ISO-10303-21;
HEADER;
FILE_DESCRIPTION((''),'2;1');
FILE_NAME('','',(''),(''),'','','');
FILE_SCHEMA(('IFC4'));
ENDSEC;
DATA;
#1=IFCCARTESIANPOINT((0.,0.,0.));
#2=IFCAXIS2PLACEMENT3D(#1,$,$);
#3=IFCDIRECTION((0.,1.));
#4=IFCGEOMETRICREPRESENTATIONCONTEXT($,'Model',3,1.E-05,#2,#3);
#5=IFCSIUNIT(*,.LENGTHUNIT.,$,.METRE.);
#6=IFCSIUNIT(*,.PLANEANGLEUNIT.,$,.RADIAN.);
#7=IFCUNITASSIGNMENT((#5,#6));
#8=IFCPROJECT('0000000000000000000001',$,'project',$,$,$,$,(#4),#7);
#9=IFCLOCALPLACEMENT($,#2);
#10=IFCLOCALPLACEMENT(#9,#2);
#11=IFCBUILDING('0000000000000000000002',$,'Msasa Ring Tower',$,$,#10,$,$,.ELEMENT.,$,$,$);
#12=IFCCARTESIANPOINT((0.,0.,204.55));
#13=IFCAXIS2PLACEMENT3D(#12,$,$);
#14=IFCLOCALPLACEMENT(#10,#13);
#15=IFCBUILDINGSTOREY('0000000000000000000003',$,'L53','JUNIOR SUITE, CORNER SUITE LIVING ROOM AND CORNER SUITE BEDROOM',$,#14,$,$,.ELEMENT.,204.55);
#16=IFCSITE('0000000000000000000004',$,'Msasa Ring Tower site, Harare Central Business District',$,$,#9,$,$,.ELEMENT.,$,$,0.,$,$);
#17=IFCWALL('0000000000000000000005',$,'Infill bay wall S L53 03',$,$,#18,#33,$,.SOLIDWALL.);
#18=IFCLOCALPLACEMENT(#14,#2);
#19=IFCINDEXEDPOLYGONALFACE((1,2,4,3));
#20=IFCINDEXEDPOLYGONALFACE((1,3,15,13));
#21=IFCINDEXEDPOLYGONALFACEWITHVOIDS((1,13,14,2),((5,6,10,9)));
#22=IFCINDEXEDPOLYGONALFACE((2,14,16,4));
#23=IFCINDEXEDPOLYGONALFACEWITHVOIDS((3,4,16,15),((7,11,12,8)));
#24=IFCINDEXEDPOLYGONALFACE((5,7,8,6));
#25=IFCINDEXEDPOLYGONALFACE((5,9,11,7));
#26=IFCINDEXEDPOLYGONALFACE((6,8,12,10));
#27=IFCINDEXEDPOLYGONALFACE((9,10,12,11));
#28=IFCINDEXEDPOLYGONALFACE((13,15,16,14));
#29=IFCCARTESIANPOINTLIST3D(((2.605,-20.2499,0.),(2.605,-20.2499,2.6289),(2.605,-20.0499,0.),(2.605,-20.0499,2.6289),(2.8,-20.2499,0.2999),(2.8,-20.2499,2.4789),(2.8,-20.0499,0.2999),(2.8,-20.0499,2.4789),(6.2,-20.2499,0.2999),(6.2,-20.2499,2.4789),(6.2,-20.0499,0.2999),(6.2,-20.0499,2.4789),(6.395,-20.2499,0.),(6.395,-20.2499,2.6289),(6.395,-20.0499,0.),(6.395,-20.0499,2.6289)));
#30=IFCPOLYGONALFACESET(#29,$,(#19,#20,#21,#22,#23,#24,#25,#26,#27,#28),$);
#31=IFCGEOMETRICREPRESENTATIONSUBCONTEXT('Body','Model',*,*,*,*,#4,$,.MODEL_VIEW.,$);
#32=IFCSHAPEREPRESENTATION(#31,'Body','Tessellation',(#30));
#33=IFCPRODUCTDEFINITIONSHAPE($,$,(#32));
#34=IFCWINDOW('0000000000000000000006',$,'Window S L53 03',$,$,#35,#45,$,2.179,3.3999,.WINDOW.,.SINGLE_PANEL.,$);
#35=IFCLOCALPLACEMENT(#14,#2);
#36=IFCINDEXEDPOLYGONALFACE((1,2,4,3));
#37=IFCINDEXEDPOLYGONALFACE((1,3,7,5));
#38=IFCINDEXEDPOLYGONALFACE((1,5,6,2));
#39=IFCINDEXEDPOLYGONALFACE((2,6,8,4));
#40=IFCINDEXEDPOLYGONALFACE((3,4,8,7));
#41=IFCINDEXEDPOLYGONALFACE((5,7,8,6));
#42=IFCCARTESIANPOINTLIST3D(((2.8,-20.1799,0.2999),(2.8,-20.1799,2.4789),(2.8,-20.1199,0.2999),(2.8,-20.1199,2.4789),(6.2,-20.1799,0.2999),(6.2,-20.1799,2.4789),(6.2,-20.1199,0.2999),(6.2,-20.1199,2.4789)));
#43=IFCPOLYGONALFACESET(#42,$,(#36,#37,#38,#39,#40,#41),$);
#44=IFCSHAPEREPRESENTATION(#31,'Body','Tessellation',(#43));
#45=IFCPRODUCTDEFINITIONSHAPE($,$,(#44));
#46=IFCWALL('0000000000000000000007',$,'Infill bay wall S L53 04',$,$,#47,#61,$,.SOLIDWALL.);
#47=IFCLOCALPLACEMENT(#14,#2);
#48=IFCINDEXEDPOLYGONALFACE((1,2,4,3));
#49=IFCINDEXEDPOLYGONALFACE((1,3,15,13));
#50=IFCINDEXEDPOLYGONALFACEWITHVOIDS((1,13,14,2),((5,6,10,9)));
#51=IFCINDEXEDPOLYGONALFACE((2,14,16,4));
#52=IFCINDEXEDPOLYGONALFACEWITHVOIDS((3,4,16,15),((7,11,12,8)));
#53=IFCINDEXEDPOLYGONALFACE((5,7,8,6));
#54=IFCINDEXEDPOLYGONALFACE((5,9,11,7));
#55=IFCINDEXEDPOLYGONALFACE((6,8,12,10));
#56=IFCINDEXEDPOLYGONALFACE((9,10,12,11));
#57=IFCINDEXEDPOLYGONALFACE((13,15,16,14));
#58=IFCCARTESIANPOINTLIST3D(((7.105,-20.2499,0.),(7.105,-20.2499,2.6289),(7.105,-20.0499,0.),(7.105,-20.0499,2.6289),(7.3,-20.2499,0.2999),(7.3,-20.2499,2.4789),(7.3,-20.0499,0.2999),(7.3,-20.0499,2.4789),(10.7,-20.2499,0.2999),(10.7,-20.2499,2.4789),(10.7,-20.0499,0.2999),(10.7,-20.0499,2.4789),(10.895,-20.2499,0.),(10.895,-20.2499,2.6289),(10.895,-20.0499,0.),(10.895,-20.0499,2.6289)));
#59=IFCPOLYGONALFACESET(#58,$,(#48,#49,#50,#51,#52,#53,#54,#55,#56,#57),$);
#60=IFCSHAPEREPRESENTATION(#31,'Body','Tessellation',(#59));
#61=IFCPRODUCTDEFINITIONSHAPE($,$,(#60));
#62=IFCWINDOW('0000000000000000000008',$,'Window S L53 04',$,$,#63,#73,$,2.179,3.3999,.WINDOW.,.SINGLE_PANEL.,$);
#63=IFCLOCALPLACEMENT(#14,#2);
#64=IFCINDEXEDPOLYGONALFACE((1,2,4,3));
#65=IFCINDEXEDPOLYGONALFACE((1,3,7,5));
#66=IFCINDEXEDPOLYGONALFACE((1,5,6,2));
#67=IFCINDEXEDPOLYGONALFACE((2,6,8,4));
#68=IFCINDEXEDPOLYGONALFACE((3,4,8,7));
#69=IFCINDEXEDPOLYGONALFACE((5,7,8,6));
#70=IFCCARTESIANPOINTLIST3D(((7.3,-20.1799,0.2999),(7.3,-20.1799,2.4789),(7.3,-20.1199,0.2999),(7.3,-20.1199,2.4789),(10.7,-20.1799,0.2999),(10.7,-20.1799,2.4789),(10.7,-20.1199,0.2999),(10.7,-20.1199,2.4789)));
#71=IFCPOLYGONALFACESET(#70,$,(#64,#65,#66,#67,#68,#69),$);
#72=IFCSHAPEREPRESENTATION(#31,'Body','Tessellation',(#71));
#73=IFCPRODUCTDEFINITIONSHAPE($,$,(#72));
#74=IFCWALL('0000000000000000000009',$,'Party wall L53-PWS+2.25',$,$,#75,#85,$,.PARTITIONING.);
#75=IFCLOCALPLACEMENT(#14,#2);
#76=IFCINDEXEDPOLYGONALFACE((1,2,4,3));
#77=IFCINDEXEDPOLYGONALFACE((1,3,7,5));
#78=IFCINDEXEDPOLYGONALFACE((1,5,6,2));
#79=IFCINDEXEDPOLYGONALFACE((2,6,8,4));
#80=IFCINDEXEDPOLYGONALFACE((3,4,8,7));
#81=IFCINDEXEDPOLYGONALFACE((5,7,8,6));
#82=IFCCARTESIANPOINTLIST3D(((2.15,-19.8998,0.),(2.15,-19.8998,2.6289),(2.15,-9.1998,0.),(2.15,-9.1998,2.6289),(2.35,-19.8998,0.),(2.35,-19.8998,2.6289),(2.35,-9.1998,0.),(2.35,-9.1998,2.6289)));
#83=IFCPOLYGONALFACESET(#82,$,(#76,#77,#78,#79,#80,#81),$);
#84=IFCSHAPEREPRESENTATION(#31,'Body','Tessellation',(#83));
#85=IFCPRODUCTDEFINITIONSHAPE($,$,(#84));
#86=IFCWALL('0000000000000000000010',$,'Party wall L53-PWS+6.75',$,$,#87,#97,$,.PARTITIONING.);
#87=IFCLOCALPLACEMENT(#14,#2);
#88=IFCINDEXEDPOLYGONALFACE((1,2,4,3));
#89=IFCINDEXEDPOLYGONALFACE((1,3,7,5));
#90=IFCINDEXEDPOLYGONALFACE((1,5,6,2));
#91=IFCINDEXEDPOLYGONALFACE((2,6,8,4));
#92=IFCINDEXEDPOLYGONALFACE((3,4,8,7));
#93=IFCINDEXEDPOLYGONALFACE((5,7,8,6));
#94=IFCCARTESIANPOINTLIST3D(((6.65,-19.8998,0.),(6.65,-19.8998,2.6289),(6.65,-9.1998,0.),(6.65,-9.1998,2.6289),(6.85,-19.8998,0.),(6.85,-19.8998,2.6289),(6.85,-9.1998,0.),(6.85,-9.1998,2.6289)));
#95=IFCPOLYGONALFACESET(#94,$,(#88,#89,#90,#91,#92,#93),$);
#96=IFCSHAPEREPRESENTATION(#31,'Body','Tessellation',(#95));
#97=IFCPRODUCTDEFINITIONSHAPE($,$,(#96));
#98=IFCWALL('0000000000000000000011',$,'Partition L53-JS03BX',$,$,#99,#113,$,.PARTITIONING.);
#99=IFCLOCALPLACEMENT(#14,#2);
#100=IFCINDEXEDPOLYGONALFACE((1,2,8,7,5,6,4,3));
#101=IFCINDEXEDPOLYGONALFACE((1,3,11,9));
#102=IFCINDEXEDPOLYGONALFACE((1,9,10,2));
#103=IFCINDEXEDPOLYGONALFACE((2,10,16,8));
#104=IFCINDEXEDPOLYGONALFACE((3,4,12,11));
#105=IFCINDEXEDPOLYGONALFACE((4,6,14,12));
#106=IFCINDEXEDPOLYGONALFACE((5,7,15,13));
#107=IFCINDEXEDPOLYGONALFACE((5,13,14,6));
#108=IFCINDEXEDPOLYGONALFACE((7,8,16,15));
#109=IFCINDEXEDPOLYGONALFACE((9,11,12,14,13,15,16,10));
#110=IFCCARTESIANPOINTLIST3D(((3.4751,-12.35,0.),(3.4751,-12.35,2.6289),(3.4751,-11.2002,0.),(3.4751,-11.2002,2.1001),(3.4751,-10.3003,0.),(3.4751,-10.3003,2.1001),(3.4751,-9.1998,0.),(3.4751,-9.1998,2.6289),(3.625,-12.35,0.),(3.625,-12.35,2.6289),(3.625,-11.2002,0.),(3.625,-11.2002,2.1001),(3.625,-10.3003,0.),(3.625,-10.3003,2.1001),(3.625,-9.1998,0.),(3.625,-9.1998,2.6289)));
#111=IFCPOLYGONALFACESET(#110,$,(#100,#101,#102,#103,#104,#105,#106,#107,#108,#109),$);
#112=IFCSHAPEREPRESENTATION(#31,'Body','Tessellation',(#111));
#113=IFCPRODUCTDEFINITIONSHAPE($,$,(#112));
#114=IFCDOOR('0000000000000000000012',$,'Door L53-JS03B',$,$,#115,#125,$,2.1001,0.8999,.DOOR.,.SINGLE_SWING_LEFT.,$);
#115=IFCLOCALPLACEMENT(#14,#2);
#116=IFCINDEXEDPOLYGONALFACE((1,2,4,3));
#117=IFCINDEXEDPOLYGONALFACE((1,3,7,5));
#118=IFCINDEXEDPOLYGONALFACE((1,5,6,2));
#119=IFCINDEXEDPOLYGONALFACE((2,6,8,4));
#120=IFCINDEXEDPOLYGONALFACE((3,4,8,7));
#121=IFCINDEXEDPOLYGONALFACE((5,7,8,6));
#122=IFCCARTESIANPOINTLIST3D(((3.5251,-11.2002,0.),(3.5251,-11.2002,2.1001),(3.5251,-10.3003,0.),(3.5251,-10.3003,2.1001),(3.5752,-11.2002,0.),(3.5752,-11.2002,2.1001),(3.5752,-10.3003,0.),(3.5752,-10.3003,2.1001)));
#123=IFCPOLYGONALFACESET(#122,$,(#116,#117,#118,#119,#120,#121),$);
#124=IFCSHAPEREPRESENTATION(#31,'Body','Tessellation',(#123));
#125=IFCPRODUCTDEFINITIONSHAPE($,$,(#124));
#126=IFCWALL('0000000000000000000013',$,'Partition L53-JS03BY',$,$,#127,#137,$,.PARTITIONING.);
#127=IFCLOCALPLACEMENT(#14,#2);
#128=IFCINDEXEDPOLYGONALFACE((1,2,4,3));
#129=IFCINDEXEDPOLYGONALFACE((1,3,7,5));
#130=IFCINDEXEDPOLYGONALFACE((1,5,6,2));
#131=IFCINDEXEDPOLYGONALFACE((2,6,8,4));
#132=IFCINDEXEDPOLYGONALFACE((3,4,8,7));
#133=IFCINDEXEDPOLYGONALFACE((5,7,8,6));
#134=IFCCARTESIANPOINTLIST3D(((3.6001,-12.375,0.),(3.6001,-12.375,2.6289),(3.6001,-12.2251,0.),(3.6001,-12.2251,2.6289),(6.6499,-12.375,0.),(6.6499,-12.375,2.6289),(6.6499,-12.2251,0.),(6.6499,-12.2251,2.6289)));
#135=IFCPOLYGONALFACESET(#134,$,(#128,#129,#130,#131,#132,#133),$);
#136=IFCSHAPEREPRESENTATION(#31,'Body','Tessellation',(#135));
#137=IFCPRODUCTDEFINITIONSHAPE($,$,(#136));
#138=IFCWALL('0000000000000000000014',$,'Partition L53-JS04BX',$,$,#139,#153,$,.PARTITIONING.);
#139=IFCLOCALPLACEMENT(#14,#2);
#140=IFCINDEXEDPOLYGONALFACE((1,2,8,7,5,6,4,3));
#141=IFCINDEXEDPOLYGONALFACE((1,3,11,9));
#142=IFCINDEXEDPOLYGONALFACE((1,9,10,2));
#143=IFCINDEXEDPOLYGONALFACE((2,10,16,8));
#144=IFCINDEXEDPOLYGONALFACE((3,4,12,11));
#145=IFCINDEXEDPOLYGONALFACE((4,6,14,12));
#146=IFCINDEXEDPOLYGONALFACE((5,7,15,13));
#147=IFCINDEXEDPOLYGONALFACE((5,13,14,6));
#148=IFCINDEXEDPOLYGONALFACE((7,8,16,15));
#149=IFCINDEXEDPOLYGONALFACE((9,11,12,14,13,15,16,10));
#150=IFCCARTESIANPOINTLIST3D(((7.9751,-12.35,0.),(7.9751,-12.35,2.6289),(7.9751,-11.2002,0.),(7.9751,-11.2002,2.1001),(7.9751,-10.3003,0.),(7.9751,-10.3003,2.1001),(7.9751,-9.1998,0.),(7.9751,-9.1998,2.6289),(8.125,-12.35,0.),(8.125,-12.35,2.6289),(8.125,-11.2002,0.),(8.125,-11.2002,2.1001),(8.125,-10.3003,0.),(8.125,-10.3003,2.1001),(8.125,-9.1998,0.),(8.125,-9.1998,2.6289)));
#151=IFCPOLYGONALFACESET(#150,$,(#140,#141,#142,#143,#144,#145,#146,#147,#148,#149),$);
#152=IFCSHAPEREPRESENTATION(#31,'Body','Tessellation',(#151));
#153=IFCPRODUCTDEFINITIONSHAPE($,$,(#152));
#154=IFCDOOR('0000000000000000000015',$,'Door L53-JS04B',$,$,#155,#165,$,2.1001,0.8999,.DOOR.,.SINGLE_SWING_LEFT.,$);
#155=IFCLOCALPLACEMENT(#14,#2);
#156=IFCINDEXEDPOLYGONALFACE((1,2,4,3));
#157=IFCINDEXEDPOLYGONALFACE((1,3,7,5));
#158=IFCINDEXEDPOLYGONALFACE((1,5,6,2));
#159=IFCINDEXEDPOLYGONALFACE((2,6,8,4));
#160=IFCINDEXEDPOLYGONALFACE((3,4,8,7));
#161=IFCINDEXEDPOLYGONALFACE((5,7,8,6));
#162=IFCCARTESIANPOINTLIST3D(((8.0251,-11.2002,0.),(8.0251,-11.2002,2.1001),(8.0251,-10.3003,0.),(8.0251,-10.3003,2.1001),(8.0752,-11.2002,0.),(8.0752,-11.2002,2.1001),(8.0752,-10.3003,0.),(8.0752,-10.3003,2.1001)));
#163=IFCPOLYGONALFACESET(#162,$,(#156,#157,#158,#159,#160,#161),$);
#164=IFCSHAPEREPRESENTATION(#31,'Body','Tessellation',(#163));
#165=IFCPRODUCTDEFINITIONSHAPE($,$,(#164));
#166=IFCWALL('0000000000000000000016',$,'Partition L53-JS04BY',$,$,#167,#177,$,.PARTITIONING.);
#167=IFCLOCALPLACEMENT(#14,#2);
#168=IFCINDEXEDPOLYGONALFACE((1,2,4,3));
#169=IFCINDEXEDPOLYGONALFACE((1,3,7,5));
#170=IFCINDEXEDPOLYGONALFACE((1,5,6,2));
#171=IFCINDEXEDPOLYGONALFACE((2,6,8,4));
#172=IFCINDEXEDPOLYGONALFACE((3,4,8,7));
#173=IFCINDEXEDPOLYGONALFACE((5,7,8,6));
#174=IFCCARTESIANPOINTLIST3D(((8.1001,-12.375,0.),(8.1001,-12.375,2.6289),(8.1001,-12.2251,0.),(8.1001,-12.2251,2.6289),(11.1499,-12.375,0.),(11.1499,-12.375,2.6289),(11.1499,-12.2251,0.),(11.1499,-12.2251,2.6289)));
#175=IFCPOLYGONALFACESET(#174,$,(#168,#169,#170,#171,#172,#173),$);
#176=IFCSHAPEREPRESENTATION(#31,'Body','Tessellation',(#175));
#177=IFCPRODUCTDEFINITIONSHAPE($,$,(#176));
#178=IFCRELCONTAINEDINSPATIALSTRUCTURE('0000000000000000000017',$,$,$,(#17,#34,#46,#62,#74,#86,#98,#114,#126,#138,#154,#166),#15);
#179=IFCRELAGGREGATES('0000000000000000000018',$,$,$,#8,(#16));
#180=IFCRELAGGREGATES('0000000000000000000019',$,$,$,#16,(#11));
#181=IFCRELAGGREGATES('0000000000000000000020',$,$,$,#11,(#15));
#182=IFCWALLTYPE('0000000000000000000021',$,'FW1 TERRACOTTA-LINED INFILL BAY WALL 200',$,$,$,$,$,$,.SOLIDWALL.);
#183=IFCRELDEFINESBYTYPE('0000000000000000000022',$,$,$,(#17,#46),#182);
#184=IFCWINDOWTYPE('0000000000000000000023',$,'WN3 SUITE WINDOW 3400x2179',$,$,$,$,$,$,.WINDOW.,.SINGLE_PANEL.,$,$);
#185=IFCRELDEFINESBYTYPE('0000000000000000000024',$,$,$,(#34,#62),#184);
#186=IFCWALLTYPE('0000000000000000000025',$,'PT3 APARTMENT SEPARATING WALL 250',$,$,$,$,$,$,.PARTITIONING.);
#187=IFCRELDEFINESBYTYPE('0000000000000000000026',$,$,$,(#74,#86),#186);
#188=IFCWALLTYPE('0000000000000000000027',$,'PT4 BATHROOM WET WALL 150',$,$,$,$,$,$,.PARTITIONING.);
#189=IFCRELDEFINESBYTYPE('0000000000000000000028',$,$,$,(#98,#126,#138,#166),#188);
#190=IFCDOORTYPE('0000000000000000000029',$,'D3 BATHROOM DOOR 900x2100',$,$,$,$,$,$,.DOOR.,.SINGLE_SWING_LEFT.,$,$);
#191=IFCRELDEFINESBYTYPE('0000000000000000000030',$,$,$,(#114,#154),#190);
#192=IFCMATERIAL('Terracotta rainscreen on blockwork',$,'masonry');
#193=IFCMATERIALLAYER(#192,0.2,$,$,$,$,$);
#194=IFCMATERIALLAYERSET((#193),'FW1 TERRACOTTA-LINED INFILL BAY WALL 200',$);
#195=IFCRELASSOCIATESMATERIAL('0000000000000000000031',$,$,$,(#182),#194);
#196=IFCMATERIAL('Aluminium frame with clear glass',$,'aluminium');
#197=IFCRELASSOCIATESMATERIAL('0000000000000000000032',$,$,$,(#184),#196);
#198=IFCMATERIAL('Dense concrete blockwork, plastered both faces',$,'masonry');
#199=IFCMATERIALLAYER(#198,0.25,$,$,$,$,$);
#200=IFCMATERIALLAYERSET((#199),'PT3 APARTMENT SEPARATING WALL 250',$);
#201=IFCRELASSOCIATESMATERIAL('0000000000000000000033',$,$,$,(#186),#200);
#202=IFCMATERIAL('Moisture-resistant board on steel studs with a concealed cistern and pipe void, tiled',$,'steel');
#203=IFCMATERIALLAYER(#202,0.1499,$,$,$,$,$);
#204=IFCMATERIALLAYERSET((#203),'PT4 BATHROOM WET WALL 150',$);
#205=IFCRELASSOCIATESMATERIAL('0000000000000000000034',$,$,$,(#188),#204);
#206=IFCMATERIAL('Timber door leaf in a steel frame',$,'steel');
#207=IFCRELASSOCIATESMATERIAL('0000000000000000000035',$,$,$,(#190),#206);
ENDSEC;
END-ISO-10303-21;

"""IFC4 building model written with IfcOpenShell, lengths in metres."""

from ifc_helpers import new_model, si_unit, direction, frame, frame_2d, origin, place, context, subcontext, project, spatial, rectangle, extrude, material, layer, layer_set, type_object, element, fill, save


model = new_model("IFC4")

# Units and contexts
model_context = context("Model", 3, precision=1e-05, world=origin(), true_north=direction((0.0, 1.0)))
body_context = subcontext(model_context, "Body", "Model", "MODEL_VIEW")
ifc_project = project(units=[si_unit("LENGTHUNIT", "METRE"), si_unit("PLANEANGLEUNIT", "RADIAN")], contexts=[model_context])

# Site, building, storey
site_placement = place(None, origin())
site = spatial("IfcSite", under=ifc_project, at=site_placement, Name="Msasa Ring Tower site, Harare Central Business District", CompositionType="ELEMENT", RefElevation=0.0)
building_placement = place(site_placement, origin())
building = spatial("IfcBuilding", under=site, at=building_placement, Name="Msasa Ring Tower", CompositionType="ELEMENT")
storey_placement = place(building_placement, frame((0.0, 0.0, 204.55)))
storey = spatial("IfcBuildingStorey", under=building, at=storey_placement, Name="L53", Description="JUNIOR SUITE, CORNER SUITE LIVING ROOM AND CORNER SUITE BEDROOM", CompositionType="ELEMENT", Elevation=204.55)

# Walls, openings, windows
ifc_material_1 = material(Name="Terracotta rainscreen on blockwork", Category="masonry")
ifc_layer_1 = layer(ifc_material_1, 0.2)
ifc_layer_set_1 = layer_set([ifc_layer_1], Name="FW1 TERRACOTTA-LINED INFILL BAY WALL 200")
wall_type_1 = type_object("IfcWallType", Name="FW1 TERRACOTTA-LINED INFILL BAY WALL 200", PredefinedType="SOLIDWALL", material=ifc_layer_set_1)
wall_1_placement = place(storey_placement, frame((2.605, -20.1499, 0.0), z_axis=(0.0, 0.0, 1.0), x_axis=(1.0, 0.0, 0.0)))
wall_1 = element("IfcWall", 1, at=wall_1_placement, inside=storey, type_object=wall_type_1, Name="Infill bay wall S L53 03", PredefinedType="SOLIDWALL", context=body_context, shape_type="SweptSolid", body=[
    extrude(rectangle(XDim=3.79, YDim=0.2, at=frame_2d((1.895, 0.0))), origin(), (0.0, 0.0, 1.0), 2.6289),
])
opening_1_placement = place(wall_1_placement, frame((0.1951, 0.0, 0.3)))
opening_1 = element("IfcOpeningElement", 2, at=opening_1_placement, cuts=wall_1, PredefinedType="OPENING", context=body_context, shape_type="SweptSolid", body=[
    extrude(rectangle(XDim=3.3999, YDim=2.179, at=frame_2d((1.7, 1.0894))), frame((0.0, 0.1099, 0.0), z_axis=(0.0, -1.0, 0.0), x_axis=(1.0, 0.0, 0.0)), (0.0, 0.0, 1.0), 0.22),
])
ifc_material_2 = material(Name="Aluminium frame with clear glass", Category="aluminium")
window_type = type_object("IfcWindowType", Name="WN3 SUITE WINDOW 3400x2179", PartitioningType="SINGLE_PANEL", PredefinedType="WINDOW", material=ifc_material_2)
window_1_placement = place(opening_1_placement, origin())
window_1 = element("IfcWindow", 3, at=window_1_placement, inside=storey, type_object=window_type, Name="Window S L53 03", OverallHeight=2.179, OverallWidth=3.3999, PartitioningType="SINGLE_PANEL", PredefinedType="WINDOW", context=body_context, shape_type="SweptSolid", body=[
    extrude(rectangle(XDim=3.3999, YDim=2.179, at=frame_2d((1.7, 1.0894))), frame((0.0, 0.03, 0.0), z_axis=(0.0, -1.0, 0.0), x_axis=(1.0, 0.0, 0.0)), (0.0, 0.0, 1.0), 0.0601),
])
fill(opening_1, window_1)
wall_2_placement = place(storey_placement, frame((7.105, -20.1499, 0.0), z_axis=(0.0, 0.0, 1.0), x_axis=(1.0, 0.0, 0.0)))
wall_2 = element("IfcWall", 4, at=wall_2_placement, inside=storey, type_object=wall_type_1, Name="Infill bay wall S L53 04", PredefinedType="SOLIDWALL", context=body_context, shape_type="SweptSolid", body=[
    extrude(rectangle(XDim=3.79, YDim=0.2, at=frame_2d((1.895, 0.0))), origin(), (0.0, 0.0, 1.0), 2.6289),
])
opening_2_placement = place(wall_2_placement, frame((0.1951, 0.0, 0.3)))
opening_2 = element("IfcOpeningElement", 5, at=opening_2_placement, cuts=wall_2, PredefinedType="OPENING", context=body_context, shape_type="SweptSolid", body=[
    extrude(rectangle(XDim=3.3999, YDim=2.179, at=frame_2d((1.7, 1.0894))), frame((0.0, 0.1099, 0.0), z_axis=(0.0, -1.0, 0.0), x_axis=(1.0, 0.0, 0.0)), (0.0, 0.0, 1.0), 0.22),
])
window_2_placement = place(opening_2_placement, origin())
window_2 = element("IfcWindow", 6, at=window_2_placement, inside=storey, type_object=window_type, Name="Window S L53 04", OverallHeight=2.179, OverallWidth=3.3999, PartitioningType="SINGLE_PANEL", PredefinedType="WINDOW", context=body_context, shape_type="SweptSolid", body=[
    extrude(rectangle(XDim=3.3999, YDim=2.179, at=frame_2d((1.7, 1.0894))), frame((0.0, 0.03, 0.0), z_axis=(0.0, -1.0, 0.0), x_axis=(1.0, 0.0, 0.0)), (0.0, 0.0, 1.0), 0.0601),
])
fill(opening_2, window_2)

# Walls
ifc_material_3 = material(Name="Dense concrete blockwork, plastered both faces", Category="masonry")
ifc_layer_2 = layer(ifc_material_3, 0.25)
ifc_layer_set_2 = layer_set([ifc_layer_2], Name="PT3 APARTMENT SEPARATING WALL 250")
wall_type_2 = type_object("IfcWallType", Name="PT3 APARTMENT SEPARATING WALL 250", PredefinedType="PARTITIONING", material=ifc_layer_set_2)
for number, where, z_axis, x_axis, name in (
    (7, (2.25, -19.8999, 0.0), (0.0, 0.0, 1.0), (0.0, 1.0, 0.0), "Party wall L53-PWS+2.25"),
    (8, (6.75, -19.8999, 0.0), (0.0, 0.0, 1.0), (0.0, 1.0, 0.0), "Party wall L53-PWS+6.75"),
):
    element("IfcWall", number, at=place(storey_placement, frame(where, z_axis=z_axis, x_axis=x_axis)), inside=storey, type_object=wall_type_2, Name=name, PredefinedType="PARTITIONING", context=body_context, shape_type="SweptSolid", body=[
        extrude(rectangle(XDim=10.7, YDim=0.2, at=frame_2d((5.3501, 0.0))), origin(), (0.0, 0.0, 1.0), 2.6289),
    ])

# Wall, opening, door
ifc_material_4 = material(Name="Moisture-resistant board on steel studs with a concealed cistern and pipe void, tiled", Category="steel")
ifc_layer_3 = layer(ifc_material_4, 0.1499)
ifc_layer_set_3 = layer_set([ifc_layer_3], Name="PT4 BATHROOM WET WALL 150")
wall_type_3 = type_object("IfcWallType", Name="PT4 BATHROOM WET WALL 150", PredefinedType="PARTITIONING", material=ifc_layer_set_3)
wall_3_placement = place(storey_placement, frame((3.55, -12.3501, 0.0), z_axis=(0.0, 0.0, 1.0), x_axis=(0.0, 1.0, 0.0)))
wall_3 = element("IfcWall", 9, at=wall_3_placement, inside=storey, type_object=wall_type_3, Name="Partition L53-JS03BX", PredefinedType="PARTITIONING", context=body_context, shape_type="SweptSolid", body=[
    extrude(rectangle(XDim=3.1501, YDim=0.1499, at=frame_2d((1.5752, 0.0))), origin(), (0.0, 0.0, 1.0), 2.6289),
])
opening_3_placement = place(wall_3_placement, frame((1.1499, 0.0, 0.0)))
opening_3 = element("IfcOpeningElement", 10, at=opening_3_placement, cuts=wall_3, PredefinedType="OPENING", context=body_context, shape_type="SweptSolid", body=[
    extrude(rectangle(XDim=0.8999, YDim=2.1001, at=frame_2d((0.45, 1.05))), frame((0.0, 0.085, 0.0), z_axis=(0.0, -1.0, 0.0), x_axis=(1.0, 0.0, 0.0)), (0.0, 0.0, 1.0), 0.1699),
])
ifc_material_5 = material(Name="Timber door leaf in a steel frame", Category="steel")
door_type = type_object("IfcDoorType", Name="D3 BATHROOM DOOR 900x2100", OperationType="SINGLE_SWING_LEFT", PredefinedType="DOOR", material=ifc_material_5)
door_1_placement = place(opening_3_placement, origin())
door_1 = element("IfcDoor", 11, at=door_1_placement, inside=storey, type_object=door_type, Name="Door L53-JS03B", OperationType="SINGLE_SWING_LEFT", OverallHeight=2.1001, OverallWidth=0.8999, PredefinedType="DOOR", context=body_context, shape_type="SweptSolid", body=[
    extrude(rectangle(XDim=0.8999, YDim=2.1001, at=frame_2d((0.45, 1.05))), frame((0.0, 0.0249, 0.0), z_axis=(0.0, -1.0, 0.0), x_axis=(1.0, 0.0, 0.0)), (0.0, 0.0, 1.0), 0.05),
])
fill(opening_3, door_1)

# Wall
wall_4_placement = place(storey_placement, frame((3.6001, -12.3, 0.0), z_axis=(0.0, 0.0, 1.0), x_axis=(1.0, 0.0, 0.0)))
element("IfcWall", 12, at=wall_4_placement, inside=storey, type_object=wall_type_3, Name="Partition L53-JS03BY", PredefinedType="PARTITIONING", context=body_context, shape_type="SweptSolid", body=[
    extrude(rectangle(XDim=3.0498, YDim=0.1499, at=frame_2d((1.5249, 0.0))), origin(), (0.0, 0.0, 1.0), 2.6289),
])

# Wall, opening, door
wall_5_placement = place(storey_placement, frame((8.05, -12.3501, 0.0), z_axis=(0.0, 0.0, 1.0), x_axis=(0.0, 1.0, 0.0)))
wall_5 = element("IfcWall", 13, at=wall_5_placement, inside=storey, type_object=wall_type_3, Name="Partition L53-JS04BX", PredefinedType="PARTITIONING", context=body_context, shape_type="SweptSolid", body=[
    extrude(rectangle(XDim=3.1501, YDim=0.1499, at=frame_2d((1.5752, 0.0))), origin(), (0.0, 0.0, 1.0), 2.6289),
])
opening_4_placement = place(wall_5_placement, frame((1.1499, 0.0, 0.0)))
opening_4 = element("IfcOpeningElement", 14, at=opening_4_placement, cuts=wall_5, PredefinedType="OPENING", context=body_context, shape_type="SweptSolid", body=[
    extrude(rectangle(XDim=0.8999, YDim=2.1001, at=frame_2d((0.45, 1.05))), frame((0.0, 0.085, 0.0), z_axis=(0.0, -1.0, 0.0), x_axis=(1.0, 0.0, 0.0)), (0.0, 0.0, 1.0), 0.1699),
])
door_2_placement = place(opening_4_placement, origin())
door_2 = element("IfcDoor", 15, at=door_2_placement, inside=storey, type_object=door_type, Name="Door L53-JS04B", OperationType="SINGLE_SWING_LEFT", OverallHeight=2.1001, OverallWidth=0.8999, PredefinedType="DOOR", context=body_context, shape_type="SweptSolid", body=[
    extrude(rectangle(XDim=0.8999, YDim=2.1001, at=frame_2d((0.45, 1.05))), frame((0.0, 0.0249, 0.0), z_axis=(0.0, -1.0, 0.0), x_axis=(1.0, 0.0, 0.0)), (0.0, 0.0, 1.0), 0.05),
])
fill(opening_4, door_2)

# Wall
wall_6_placement = place(storey_placement, frame((8.1001, -12.3, 0.0), z_axis=(0.0, 0.0, 1.0), x_axis=(1.0, 0.0, 0.0)))
element("IfcWall", 16, at=wall_6_placement, inside=storey, type_object=wall_type_3, Name="Partition L53-JS04BY", PredefinedType="PARTITIONING", context=body_context, shape_type="SweptSolid", body=[
    extrude(rectangle(XDim=3.0498, YDim=0.1499, at=frame_2d((1.5249, 0.0))), origin(), (0.0, 0.0, 1.0), 2.6289),
])

save(model, "model.ifc")
